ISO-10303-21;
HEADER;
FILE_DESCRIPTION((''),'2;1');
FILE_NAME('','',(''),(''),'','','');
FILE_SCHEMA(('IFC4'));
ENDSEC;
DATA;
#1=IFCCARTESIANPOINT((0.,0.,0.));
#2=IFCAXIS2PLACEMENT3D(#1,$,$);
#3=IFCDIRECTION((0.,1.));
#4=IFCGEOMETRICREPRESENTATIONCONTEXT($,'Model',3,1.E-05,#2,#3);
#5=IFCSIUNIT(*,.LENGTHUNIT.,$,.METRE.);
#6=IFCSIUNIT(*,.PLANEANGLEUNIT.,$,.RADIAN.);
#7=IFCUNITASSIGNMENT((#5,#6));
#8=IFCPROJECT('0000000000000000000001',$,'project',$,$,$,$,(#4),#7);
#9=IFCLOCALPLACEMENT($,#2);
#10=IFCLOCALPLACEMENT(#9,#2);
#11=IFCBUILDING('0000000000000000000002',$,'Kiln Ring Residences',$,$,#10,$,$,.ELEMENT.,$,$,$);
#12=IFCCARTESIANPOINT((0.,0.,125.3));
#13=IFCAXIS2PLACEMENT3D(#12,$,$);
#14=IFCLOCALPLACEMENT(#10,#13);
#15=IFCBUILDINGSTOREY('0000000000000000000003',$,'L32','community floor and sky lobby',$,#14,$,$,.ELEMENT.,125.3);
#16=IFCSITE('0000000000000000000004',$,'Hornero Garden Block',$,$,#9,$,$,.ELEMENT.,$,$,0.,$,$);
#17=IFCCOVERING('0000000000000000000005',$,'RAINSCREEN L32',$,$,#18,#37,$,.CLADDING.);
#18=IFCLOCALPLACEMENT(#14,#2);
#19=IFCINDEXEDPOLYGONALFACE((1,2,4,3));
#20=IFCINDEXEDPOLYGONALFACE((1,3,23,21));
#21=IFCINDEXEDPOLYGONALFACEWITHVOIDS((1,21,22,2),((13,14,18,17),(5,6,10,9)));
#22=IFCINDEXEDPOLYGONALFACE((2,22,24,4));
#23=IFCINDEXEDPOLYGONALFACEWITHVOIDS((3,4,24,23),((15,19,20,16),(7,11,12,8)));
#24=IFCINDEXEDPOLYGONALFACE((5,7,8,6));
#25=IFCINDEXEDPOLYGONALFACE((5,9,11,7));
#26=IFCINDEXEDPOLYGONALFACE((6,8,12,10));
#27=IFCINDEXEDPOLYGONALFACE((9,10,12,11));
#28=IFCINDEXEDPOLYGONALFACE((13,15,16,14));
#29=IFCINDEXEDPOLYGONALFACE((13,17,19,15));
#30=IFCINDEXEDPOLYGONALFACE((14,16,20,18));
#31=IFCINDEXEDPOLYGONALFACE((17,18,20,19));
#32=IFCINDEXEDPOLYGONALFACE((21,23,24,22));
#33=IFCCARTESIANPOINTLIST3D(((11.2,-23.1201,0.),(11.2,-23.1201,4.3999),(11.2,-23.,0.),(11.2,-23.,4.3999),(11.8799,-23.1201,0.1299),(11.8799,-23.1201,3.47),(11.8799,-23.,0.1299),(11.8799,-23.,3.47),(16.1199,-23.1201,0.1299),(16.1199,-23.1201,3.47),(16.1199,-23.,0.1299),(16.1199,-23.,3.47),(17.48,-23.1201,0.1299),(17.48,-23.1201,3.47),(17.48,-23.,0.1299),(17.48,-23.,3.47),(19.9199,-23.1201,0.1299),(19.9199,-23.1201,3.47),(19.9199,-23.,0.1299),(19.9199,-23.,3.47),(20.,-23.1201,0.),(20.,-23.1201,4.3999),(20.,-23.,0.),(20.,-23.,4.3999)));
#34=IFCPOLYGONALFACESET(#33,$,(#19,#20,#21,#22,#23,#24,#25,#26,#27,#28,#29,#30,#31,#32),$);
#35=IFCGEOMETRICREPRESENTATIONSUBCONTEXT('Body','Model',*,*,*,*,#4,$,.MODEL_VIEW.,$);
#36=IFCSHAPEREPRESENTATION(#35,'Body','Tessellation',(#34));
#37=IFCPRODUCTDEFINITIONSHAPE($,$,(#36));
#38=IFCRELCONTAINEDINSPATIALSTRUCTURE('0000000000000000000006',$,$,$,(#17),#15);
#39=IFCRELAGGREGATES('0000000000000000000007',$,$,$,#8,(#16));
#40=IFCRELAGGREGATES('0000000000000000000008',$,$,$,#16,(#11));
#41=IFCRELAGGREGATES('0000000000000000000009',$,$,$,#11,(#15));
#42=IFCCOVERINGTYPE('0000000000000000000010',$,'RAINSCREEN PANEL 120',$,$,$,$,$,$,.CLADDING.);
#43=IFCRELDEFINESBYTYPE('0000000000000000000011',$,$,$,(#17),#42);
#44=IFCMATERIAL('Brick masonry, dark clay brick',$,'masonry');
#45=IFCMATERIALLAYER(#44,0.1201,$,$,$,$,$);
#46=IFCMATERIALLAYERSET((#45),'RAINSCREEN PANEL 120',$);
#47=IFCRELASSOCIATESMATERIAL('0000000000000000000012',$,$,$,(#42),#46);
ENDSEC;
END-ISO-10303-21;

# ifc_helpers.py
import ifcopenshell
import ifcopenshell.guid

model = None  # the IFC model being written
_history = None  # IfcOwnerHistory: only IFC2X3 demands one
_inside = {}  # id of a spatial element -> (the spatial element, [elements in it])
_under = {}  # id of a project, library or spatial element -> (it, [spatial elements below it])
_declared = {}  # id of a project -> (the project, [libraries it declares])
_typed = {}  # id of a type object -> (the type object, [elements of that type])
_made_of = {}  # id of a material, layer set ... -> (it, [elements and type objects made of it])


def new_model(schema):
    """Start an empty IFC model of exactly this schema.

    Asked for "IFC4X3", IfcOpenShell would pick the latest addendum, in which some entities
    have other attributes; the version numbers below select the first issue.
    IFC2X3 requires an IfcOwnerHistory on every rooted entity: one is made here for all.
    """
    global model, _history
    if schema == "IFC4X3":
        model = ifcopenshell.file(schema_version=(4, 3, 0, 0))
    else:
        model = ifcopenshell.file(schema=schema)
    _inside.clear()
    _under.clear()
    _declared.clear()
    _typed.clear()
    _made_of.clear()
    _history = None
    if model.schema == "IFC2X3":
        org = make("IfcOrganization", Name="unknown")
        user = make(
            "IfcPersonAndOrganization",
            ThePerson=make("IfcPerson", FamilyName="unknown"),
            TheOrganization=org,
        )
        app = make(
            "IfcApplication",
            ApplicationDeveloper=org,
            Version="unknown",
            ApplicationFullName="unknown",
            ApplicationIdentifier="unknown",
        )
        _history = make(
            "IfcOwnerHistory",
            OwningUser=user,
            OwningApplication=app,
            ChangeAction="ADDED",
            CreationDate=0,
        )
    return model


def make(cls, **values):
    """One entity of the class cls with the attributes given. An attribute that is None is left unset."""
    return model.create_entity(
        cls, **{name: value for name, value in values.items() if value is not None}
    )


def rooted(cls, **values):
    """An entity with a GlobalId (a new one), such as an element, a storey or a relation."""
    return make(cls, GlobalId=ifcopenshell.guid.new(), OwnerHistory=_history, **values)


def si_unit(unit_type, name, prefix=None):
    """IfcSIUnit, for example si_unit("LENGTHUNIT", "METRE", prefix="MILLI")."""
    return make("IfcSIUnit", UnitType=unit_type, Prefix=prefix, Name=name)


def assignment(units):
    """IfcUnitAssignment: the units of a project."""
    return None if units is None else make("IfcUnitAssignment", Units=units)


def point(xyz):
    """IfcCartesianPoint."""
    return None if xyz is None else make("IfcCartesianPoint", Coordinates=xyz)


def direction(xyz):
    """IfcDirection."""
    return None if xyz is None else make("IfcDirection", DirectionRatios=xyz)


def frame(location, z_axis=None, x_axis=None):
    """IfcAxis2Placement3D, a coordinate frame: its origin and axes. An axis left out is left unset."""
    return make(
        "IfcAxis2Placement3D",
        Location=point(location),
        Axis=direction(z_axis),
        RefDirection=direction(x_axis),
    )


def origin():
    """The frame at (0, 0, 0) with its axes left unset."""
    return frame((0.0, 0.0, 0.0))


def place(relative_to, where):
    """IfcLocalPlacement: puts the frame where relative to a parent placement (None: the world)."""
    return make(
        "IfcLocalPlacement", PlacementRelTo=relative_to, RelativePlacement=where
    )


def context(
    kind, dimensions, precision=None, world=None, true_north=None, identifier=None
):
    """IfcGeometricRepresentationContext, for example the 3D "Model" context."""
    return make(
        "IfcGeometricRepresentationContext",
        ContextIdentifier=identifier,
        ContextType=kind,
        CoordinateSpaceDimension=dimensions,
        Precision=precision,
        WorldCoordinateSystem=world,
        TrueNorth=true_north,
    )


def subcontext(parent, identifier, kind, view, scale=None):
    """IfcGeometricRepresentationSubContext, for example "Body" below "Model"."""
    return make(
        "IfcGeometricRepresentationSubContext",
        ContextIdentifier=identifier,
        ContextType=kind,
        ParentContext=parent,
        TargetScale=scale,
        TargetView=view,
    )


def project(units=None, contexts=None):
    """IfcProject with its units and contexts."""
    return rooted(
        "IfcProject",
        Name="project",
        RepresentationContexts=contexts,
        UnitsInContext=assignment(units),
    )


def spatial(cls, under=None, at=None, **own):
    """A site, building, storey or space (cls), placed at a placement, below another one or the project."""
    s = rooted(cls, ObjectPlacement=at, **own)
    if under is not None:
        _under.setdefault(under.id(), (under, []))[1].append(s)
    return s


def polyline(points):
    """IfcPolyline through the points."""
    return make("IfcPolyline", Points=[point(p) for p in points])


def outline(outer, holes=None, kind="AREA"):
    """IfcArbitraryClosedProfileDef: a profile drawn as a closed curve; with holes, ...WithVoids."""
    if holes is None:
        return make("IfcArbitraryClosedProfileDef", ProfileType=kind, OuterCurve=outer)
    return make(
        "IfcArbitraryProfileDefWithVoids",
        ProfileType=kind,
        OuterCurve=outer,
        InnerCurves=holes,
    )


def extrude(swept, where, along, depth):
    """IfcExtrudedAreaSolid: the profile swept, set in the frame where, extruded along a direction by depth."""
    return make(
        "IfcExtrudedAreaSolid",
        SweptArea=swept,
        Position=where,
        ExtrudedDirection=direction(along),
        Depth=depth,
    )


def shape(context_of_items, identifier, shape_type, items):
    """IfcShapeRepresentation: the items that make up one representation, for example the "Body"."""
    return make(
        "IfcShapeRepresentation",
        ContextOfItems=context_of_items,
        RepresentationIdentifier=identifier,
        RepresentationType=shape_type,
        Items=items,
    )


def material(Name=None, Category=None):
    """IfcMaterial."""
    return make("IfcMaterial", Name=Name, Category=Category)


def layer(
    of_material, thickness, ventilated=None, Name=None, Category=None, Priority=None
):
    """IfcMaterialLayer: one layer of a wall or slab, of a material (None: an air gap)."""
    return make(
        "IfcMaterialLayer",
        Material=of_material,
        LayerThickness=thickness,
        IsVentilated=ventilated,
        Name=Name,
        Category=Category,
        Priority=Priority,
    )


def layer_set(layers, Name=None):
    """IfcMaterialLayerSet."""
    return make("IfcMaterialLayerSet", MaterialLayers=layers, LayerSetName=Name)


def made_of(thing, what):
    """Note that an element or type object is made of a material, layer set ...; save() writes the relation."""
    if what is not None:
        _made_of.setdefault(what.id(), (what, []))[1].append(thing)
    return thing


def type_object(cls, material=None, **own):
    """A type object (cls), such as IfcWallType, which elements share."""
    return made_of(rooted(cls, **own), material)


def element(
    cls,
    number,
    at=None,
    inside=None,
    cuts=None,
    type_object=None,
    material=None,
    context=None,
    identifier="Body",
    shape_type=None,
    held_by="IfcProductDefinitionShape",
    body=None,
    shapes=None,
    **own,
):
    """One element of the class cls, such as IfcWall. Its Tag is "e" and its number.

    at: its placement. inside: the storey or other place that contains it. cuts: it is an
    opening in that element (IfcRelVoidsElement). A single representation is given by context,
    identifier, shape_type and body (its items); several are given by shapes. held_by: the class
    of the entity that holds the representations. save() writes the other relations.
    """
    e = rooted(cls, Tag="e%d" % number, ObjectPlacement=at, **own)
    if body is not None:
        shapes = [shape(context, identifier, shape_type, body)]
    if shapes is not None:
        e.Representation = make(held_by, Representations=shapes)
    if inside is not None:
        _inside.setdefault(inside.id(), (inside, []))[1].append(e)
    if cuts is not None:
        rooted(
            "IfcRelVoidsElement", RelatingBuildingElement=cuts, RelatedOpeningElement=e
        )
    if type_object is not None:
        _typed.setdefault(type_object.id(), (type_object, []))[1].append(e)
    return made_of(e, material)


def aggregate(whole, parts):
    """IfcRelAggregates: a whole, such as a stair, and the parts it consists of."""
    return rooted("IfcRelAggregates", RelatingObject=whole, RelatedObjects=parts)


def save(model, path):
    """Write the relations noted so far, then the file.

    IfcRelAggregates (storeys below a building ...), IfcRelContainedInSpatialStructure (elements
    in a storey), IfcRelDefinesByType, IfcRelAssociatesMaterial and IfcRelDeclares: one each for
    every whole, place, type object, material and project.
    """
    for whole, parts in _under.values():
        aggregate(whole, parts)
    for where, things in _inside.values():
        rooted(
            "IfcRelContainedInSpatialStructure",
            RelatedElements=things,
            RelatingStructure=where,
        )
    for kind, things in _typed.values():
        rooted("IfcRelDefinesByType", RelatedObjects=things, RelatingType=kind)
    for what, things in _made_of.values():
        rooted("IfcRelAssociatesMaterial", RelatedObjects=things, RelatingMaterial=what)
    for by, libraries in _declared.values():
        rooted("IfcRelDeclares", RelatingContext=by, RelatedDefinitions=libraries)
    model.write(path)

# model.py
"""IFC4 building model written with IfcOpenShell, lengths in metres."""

from ifc_helpers import new_model, si_unit, direction, frame, origin, place, context, subcontext, project, spatial, polyline, outline, extrude, material, layer, layer_set, type_object, element, save


model = new_model("IFC4")

# Units and contexts
model_context = context("Model", 3, precision=1e-05, world=origin(), true_north=direction((0.0, 1.0)))
body_context = subcontext(model_context, "Body", "Model", "MODEL_VIEW")
ifc_project = project(units=[si_unit("LENGTHUNIT", "METRE"), si_unit("PLANEANGLEUNIT", "RADIAN")], contexts=[model_context])

# Site, building, storey
site_placement = place(None, origin())
site = spatial("IfcSite", under=ifc_project, at=site_placement, Name="Hornero Garden Block", CompositionType="ELEMENT", RefElevation=0.0)
building_placement = place(site_placement, origin())
building = spatial("IfcBuilding", under=site, at=building_placement, Name="Kiln Ring Residences", CompositionType="ELEMENT")
storey_placement = place(building_placement, frame((0.0, 0.0, 125.3)))
storey = spatial("IfcBuildingStorey", under=building, at=storey_placement, Name="L32", Description="community floor and sky lobby", CompositionType="ELEMENT", Elevation=125.3)

# Covering
ifc_material_1 = material(Name="Brick masonry, dark clay brick", Category="masonry")
ifc_layer_1 = layer(ifc_material_1, 0.1201)
ifc_layer_set_1 = layer_set([ifc_layer_1], Name="RAINSCREEN PANEL 120")
covering_type_1 = type_object("IfcCoveringType", Name="RAINSCREEN PANEL 120", PredefinedType="CLADDING", material=ifc_layer_set_1)
covering_1_placement = place(storey_placement, frame((11.2, -23.0601, 0.0), z_axis=(0.0, 0.0, 1.0), x_axis=(1.0, 0.0, 0.0)))
element("IfcCovering", 1, at=covering_1_placement, inside=storey, type_object=covering_type_1, Name="RAINSCREEN L32", PredefinedType="CLADDING", context=body_context, shape_type="SweptSolid", body=[
    extrude(outline(polyline([(0.0, 0.0), (8.8, 0.0), (8.8, 4.3999), (0.0, 4.3999), (0.0, 0.0)]), holes=[polyline([(4.9199, 3.47), (0.6799, 3.47), (0.6799, 0.1299), (4.9199, 0.1299), (4.9199, 3.47)]), polyline([(8.72, 3.47), (6.28, 3.47), (6.28, 0.1299), (8.72, 0.1299), (8.72, 3.47)])]), frame((0.0, 0.0601, 0.0), z_axis=(0.0, -1.0, 0.0), x_axis=(1.0, 0.0, 0.0)), (0.0, 0.0, 1.0), 0.1201),
])

save(model, "model.ifc")
